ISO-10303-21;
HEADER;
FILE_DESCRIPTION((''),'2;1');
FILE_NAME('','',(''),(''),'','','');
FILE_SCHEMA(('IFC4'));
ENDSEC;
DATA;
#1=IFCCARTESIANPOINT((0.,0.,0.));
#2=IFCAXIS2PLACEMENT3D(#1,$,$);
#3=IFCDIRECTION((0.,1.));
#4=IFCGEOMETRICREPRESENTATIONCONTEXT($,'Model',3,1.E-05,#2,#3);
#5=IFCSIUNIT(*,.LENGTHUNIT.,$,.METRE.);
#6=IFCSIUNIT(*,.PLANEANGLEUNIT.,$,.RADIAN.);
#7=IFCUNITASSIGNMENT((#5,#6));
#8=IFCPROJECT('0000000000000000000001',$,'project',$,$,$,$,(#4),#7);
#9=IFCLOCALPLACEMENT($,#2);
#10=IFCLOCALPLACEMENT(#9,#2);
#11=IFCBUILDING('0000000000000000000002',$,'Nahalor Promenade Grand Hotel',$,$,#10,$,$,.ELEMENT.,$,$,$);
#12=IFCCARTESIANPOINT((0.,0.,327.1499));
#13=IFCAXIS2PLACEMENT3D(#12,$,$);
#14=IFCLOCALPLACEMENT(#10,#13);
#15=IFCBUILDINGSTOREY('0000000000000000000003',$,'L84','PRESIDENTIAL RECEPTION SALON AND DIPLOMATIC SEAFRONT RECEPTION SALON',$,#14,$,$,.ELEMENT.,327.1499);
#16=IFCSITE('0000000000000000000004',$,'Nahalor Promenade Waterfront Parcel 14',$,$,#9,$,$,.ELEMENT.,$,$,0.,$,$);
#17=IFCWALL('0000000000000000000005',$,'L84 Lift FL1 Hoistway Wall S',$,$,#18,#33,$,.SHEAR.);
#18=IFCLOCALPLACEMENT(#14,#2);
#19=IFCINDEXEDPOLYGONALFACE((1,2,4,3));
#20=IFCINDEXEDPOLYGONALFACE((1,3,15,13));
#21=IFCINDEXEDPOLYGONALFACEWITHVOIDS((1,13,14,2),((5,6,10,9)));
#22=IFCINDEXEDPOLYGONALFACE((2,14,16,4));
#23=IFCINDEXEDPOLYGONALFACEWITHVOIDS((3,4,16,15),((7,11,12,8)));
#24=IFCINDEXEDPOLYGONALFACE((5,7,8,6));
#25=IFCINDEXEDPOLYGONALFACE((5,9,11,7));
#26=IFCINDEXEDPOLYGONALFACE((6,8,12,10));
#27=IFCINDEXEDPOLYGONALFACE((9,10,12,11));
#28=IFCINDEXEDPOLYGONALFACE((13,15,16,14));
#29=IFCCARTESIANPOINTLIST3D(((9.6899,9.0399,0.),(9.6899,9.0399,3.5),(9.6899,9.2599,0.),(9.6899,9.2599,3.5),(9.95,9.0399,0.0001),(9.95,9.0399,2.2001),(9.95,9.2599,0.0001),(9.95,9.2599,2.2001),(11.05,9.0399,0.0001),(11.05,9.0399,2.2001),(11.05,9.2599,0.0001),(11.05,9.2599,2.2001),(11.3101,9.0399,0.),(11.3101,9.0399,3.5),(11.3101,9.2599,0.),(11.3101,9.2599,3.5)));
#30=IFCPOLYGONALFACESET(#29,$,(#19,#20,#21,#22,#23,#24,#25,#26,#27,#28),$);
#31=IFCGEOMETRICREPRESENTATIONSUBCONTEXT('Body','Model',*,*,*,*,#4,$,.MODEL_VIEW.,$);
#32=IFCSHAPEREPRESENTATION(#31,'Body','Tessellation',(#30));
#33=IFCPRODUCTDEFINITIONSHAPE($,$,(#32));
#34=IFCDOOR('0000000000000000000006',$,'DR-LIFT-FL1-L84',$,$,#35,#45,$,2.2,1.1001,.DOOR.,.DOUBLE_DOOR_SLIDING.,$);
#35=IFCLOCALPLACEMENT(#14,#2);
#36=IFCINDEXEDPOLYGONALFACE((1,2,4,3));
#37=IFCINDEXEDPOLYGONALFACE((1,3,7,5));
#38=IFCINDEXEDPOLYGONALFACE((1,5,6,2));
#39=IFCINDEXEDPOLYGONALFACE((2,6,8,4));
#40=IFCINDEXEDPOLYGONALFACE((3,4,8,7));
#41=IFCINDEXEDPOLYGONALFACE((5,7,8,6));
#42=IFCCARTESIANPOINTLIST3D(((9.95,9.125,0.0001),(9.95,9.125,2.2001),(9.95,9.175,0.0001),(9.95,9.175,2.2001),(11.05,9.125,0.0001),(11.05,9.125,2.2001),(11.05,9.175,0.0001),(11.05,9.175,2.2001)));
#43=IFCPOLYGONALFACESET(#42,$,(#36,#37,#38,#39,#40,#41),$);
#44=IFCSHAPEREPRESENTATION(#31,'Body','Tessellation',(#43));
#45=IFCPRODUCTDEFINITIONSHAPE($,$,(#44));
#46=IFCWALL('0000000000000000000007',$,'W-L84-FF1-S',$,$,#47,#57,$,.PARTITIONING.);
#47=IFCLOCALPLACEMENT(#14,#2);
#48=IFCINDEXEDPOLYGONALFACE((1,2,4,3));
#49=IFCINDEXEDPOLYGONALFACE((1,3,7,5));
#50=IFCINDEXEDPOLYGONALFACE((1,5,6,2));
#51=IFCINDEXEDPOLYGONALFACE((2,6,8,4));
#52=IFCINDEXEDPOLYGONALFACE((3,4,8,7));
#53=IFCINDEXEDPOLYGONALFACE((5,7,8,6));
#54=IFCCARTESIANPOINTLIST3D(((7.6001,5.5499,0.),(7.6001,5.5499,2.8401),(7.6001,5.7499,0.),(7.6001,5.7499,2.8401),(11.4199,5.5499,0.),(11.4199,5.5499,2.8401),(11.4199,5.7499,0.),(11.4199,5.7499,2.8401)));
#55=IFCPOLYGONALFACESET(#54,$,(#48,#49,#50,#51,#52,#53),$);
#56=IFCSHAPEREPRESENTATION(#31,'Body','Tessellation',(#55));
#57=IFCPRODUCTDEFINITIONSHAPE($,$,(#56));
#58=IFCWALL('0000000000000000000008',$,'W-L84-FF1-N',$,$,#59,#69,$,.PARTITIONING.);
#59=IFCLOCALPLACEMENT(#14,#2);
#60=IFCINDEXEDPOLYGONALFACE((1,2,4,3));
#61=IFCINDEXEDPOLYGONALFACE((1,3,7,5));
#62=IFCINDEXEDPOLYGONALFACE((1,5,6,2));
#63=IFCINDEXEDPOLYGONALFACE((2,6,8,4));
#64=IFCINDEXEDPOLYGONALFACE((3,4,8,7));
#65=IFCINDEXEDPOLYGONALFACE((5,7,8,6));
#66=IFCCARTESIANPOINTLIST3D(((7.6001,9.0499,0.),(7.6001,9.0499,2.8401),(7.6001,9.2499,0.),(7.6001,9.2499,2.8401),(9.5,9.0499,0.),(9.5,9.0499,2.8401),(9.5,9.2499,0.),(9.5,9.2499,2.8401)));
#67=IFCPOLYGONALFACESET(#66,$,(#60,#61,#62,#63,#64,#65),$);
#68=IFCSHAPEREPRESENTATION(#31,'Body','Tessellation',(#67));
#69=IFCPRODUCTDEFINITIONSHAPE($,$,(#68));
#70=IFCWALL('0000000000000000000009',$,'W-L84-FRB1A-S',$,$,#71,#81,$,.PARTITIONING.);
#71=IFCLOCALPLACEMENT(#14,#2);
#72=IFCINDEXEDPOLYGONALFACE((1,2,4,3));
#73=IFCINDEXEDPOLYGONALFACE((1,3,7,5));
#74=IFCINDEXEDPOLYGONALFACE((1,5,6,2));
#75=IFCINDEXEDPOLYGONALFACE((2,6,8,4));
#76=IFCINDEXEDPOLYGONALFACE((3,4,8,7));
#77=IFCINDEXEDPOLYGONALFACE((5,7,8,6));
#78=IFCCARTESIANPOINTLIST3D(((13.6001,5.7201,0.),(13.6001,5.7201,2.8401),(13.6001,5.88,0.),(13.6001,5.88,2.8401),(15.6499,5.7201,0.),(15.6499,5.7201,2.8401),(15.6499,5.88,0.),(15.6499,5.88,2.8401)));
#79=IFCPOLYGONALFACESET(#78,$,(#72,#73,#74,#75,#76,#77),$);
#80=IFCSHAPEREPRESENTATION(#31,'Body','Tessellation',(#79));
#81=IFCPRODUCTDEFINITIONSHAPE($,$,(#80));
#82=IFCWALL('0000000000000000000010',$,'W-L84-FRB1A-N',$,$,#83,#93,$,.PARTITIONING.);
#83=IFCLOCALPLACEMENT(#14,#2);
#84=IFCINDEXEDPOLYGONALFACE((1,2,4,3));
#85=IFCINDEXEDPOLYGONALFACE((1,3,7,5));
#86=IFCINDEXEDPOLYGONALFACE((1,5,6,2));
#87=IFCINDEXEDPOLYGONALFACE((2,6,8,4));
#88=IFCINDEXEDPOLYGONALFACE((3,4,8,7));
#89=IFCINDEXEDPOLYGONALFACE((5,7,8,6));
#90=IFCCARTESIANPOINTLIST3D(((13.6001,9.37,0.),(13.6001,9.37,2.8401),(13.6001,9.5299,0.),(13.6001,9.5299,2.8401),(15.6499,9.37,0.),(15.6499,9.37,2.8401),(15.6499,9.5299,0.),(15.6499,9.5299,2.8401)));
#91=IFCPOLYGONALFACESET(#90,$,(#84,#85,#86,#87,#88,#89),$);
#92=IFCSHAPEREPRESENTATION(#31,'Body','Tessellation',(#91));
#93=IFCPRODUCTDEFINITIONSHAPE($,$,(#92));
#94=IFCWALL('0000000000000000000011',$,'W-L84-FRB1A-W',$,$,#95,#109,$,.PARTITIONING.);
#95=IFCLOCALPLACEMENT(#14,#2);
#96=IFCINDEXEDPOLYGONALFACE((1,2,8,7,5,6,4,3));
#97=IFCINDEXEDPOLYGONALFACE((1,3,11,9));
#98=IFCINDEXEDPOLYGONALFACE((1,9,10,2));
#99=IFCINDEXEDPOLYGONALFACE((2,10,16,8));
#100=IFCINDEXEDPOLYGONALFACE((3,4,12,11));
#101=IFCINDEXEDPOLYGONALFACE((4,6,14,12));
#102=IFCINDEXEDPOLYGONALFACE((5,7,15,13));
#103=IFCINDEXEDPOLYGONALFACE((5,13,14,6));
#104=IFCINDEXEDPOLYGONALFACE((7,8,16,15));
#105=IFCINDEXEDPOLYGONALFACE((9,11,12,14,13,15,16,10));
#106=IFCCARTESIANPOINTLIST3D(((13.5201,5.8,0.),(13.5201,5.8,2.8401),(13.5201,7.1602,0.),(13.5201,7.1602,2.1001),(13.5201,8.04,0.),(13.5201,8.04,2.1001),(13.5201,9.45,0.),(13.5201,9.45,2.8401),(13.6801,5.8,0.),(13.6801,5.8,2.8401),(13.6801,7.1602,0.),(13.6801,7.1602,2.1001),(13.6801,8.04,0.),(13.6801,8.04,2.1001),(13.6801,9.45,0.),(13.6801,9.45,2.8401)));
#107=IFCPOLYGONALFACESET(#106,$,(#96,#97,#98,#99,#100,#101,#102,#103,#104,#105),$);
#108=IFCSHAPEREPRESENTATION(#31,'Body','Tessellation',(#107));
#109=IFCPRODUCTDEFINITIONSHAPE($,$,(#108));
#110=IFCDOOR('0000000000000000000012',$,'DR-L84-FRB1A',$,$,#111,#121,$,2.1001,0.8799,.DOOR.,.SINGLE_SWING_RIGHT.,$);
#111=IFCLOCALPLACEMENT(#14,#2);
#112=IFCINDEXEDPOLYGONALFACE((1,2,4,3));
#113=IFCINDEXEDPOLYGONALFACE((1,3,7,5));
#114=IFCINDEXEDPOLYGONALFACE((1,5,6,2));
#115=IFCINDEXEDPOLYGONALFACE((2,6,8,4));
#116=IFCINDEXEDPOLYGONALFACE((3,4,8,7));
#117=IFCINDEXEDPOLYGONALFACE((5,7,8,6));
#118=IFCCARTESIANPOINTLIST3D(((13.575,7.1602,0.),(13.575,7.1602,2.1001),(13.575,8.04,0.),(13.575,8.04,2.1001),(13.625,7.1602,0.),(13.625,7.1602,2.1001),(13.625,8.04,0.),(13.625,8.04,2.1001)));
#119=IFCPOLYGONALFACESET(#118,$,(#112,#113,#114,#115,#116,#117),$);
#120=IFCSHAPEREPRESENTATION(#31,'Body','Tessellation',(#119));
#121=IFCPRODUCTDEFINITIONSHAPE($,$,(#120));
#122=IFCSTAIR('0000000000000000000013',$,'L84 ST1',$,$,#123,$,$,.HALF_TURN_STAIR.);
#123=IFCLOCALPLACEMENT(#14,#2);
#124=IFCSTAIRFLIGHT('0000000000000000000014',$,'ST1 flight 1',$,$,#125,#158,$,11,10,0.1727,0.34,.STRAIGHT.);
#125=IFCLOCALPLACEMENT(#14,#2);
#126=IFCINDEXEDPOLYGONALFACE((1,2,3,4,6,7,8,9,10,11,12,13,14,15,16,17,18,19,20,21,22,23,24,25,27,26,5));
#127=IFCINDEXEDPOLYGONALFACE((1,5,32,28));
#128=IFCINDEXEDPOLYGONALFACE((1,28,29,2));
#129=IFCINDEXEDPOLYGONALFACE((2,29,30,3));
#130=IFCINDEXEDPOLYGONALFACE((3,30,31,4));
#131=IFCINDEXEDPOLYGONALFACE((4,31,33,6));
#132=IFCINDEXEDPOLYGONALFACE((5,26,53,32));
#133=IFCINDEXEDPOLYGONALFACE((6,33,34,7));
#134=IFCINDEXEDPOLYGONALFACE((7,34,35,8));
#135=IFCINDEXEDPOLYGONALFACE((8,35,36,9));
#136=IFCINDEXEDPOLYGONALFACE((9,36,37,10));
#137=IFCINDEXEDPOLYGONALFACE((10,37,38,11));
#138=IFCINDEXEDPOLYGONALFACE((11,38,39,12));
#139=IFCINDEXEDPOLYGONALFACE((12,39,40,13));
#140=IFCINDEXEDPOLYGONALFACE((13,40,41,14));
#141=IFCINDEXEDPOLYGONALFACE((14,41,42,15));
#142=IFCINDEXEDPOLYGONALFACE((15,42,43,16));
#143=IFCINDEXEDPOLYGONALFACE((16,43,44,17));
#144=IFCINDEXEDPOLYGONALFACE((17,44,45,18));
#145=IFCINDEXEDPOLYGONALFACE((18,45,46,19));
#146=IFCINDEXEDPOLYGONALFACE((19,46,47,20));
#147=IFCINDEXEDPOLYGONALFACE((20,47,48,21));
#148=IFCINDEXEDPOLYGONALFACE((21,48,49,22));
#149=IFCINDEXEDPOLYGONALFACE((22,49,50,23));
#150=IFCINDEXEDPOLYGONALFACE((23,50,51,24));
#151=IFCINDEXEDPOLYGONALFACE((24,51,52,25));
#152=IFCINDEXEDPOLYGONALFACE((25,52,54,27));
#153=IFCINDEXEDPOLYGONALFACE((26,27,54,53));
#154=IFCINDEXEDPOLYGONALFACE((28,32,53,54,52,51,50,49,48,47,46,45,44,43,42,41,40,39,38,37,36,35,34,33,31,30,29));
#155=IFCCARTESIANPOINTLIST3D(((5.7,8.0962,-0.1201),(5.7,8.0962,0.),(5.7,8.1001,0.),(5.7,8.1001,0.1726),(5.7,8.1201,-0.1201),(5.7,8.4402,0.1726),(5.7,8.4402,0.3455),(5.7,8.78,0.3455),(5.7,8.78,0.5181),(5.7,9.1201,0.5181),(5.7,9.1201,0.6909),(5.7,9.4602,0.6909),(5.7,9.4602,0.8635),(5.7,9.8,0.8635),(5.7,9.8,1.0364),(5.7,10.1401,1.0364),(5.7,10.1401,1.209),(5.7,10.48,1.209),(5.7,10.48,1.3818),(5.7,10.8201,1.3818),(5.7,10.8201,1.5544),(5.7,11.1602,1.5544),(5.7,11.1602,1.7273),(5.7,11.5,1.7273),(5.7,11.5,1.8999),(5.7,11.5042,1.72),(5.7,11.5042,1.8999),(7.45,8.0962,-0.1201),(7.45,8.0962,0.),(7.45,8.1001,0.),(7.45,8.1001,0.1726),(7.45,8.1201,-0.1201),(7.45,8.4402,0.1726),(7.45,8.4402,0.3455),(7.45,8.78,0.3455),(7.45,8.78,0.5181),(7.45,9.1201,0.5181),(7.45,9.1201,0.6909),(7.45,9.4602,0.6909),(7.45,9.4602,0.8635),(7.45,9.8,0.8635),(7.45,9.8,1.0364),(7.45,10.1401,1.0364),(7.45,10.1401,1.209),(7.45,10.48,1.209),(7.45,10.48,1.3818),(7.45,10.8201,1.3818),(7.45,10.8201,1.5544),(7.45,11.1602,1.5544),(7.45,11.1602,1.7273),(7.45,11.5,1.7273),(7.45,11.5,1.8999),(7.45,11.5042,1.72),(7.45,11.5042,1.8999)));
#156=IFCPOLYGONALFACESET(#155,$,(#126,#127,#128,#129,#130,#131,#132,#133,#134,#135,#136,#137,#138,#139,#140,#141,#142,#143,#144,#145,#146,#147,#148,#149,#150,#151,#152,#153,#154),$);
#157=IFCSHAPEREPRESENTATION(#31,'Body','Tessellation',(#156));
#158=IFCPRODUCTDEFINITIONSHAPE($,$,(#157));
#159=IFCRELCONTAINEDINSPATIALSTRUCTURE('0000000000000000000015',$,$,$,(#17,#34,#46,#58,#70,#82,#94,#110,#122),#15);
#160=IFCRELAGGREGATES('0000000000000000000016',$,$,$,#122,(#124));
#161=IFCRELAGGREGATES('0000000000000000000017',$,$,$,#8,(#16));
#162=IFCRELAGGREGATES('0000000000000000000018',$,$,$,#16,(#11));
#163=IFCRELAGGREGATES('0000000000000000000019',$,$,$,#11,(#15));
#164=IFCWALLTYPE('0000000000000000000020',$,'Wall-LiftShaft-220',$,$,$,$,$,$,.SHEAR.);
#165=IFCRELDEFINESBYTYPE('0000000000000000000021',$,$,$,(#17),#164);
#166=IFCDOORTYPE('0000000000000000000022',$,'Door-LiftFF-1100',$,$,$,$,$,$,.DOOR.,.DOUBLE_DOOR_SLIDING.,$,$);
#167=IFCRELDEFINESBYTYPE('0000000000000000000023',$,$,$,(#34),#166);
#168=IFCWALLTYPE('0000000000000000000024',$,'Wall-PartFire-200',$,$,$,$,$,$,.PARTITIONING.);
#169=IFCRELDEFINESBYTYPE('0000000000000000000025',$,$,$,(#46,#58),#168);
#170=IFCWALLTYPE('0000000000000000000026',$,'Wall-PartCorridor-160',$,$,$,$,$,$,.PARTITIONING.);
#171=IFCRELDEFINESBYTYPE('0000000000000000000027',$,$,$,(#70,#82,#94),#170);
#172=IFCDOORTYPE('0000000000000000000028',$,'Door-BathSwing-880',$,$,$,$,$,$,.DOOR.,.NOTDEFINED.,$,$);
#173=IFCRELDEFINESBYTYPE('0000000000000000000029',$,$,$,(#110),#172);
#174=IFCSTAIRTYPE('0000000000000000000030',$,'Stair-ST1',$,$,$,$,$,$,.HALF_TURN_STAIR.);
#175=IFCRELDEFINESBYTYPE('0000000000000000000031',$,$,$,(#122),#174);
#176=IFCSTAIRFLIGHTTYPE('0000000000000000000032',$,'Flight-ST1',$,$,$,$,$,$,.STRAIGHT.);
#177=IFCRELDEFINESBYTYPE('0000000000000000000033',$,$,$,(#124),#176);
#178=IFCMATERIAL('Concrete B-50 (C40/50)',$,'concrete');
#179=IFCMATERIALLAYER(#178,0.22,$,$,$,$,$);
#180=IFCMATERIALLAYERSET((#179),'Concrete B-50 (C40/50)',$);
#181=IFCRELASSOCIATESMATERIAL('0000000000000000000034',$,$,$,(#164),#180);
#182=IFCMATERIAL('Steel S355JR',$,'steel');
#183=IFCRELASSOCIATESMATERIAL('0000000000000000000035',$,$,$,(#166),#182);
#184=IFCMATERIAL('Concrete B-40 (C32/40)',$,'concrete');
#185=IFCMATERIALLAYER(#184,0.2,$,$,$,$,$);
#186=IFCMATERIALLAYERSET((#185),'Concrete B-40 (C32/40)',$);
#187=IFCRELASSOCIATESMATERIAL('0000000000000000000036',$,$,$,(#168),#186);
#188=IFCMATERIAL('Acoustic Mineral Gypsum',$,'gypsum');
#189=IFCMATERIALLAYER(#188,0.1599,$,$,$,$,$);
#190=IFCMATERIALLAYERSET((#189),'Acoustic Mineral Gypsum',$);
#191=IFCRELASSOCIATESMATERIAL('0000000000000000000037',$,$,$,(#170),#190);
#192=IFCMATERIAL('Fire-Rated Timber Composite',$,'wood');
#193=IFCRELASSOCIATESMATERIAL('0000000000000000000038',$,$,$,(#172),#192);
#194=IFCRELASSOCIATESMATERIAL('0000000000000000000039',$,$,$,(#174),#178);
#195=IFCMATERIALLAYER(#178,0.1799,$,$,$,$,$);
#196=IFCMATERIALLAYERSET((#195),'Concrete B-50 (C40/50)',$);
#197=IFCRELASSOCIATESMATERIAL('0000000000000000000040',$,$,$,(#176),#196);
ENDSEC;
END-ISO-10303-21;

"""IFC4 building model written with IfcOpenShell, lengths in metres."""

from ifc_helpers import new_model, si_unit, direction, frame, frame_2d, origin, place, context, subcontext, project, spatial, polyline, rectangle, outline, extrude, source, transform, mapped, material, layer, layer_set, type_object, element, fill, aggregate, save


model = new_model("IFC4")

# Units and contexts
model_context = context("Model", 3, precision=1e-05, world=origin(), true_north=direction((0.0, 1.0)))
body_context = subcontext(model_context, "Body", "Model", "MODEL_VIEW")
ifc_project = project(units=[si_unit("LENGTHUNIT", "METRE"), si_unit("PLANEANGLEUNIT", "RADIAN")], contexts=[model_context])

# Site, building, storey
site_placement = place(None, origin())
site = spatial("IfcSite", under=ifc_project, at=site_placement, Name="Nahalor Promenade Waterfront Parcel 14", CompositionType="ELEMENT", RefElevation=0.0)
building_placement = place(site_placement, origin())
building = spatial("IfcBuilding", under=site, at=building_placement, Name="Nahalor Promenade Grand Hotel", CompositionType="ELEMENT")
storey_placement = place(building_placement, frame((0.0, 0.0, 327.1499)))
storey = spatial("IfcBuildingStorey", under=building, at=storey_placement, Name="L84", Description="PRESIDENTIAL RECEPTION SALON AND DIPLOMATIC SEAFRONT RECEPTION SALON", CompositionType="ELEMENT", Elevation=327.1499)

# Shared definitions
ifc_material_1 = material(Name="Steel S355JR", Category="steel")

# Shared definitions
ifc_material_2 = material(Name="Concrete B-50 (C40/50)", Category="concrete")

# Shared definitions
ifc_layer_1 = layer(ifc_material_2, 0.22)
ifc_layer_set_1 = layer_set([ifc_layer_1], Name="Concrete B-50 (C40/50)")
wall_type_1 = type_object("IfcWallType", Name="Wall-LiftShaft-220", PredefinedType="SHEAR", material=ifc_layer_set_1)

# Wall, opening, door
shared_shape_1 = source(origin(), body_context, "Body", "SweptSolid", [
    extrude(rectangle(XDim=1.6201, YDim=0.22, at=frame_2d((0.8101, 0.0))), origin(), (0.0, 0.0, 1.0), 3.5),
])
wall_1_placement = place(storey_placement, frame((9.6899, 9.1499, 0.0), z_axis=(0.0, 0.0, 1.0), x_axis=(1.0, 0.0, 0.0)))
wall_1 = element("IfcWall", 1, at=wall_1_placement, inside=storey, type_object=wall_type_1, Name="L84 Lift FL1 Hoistway Wall S", PredefinedType="SHEAR", context=body_context, shape_type="MappedRepresentation", body=[
    mapped(shared_shape_1, transform((0.0, 0.0, 0.0), scale=1.0)),
])
opening_1_placement = place(wall_1_placement, frame((0.26, 0.0, 0.0)))
opening_1 = element("IfcOpeningElement", 2, at=opening_1_placement, cuts=wall_1, PredefinedType="OPENING", context=body_context, shape_type="SweptSolid", body=[
    extrude(rectangle(XDim=1.1001, YDim=2.2, at=frame_2d((0.55, 1.1001))), frame((0.0, 0.1199, 0.0), z_axis=(0.0, -1.0, 0.0), x_axis=(1.0, 0.0, 0.0)), (0.0, 0.0, 1.0), 0.24),
])
door_type_1 = type_object("IfcDoorType", Name="Door-LiftFF-1100", OperationType="DOUBLE_DOOR_SLIDING", PredefinedType="DOOR", material=ifc_material_1)
shared_shape_2 = source(origin(), body_context, "Body", "SweptSolid", [
    extrude(rectangle(XDim=1.1001, YDim=2.2, at=frame_2d((0.55, 1.1001))), frame((0.0, 0.0249, 0.0), z_axis=(0.0, -1.0, 0.0), x_axis=(1.0, 0.0, 0.0)), (0.0, 0.0, 1.0), 0.05),
])
door_1_placement = place(opening_1_placement, frame((1.1001, 0.0, 0.0), z_axis=(0.0, 0.0, 1.0), x_axis=(-1.0, 0.0, 0.0)))
door_1 = element("IfcDoor", 3, at=door_1_placement, inside=storey, type_object=door_type_1, Name="DR-LIFT-FL1-L84", OperationType="DOUBLE_DOOR_SLIDING", OverallHeight=2.2, OverallWidth=1.1001, PredefinedType="DOOR", context=body_context, shape_type="MappedRepresentation", body=[
    mapped(shared_shape_2, transform((0.0, 0.0, 0.0), scale=1.0)),
])
fill(opening_1, door_1)

# Walls
ifc_material_3 = material(Name="Concrete B-40 (C32/40)", Category="concrete")
ifc_layer_2 = layer(ifc_material_3, 0.2)
ifc_layer_set_2 = layer_set([ifc_layer_2], Name="Concrete B-40 (C32/40)")
wall_type_2 = type_object("IfcWallType", Name="Wall-PartFire-200", PredefinedType="PARTITIONING", material=ifc_layer_set_2)
shared_shape_3 = source(origin(), body_context, "Body", "SweptSolid", [
    extrude(rectangle(XDim=3.8198, YDim=0.2, at=frame_2d((1.9099, 0.0))), origin(), (0.0, 0.0, 1.0), 2.8401),
])
wall_2_placement = place(storey_placement, frame((7.6001, 5.6499, 0.0), z_axis=(0.0, 0.0, 1.0), x_axis=(1.0, 0.0, 0.0)))
element("IfcWall", 4, at=wall_2_placement, inside=storey, type_object=wall_type_2, Name="W-L84-FF1-S", PredefinedType="PARTITIONING", context=body_context, shape_type="MappedRepresentation", body=[
    mapped(shared_shape_3, transform((0.0, 0.0, 0.0), scale=1.0)),
])
shared_shape_4 = source(origin(), body_context, "Body", "SweptSolid", [
    extrude(rectangle(XDim=1.8999, YDim=0.2, at=frame_2d((0.95, 0.0))), origin(), (0.0, 0.0, 1.0), 2.8401),
])
wall_3_placement = place(storey_placement, frame((7.6001, 9.1499, 0.0), z_axis=(0.0, 0.0, 1.0), x_axis=(1.0, 0.0, 0.0)))
element("IfcWall", 5, at=wall_3_placement, inside=storey, type_object=wall_type_2, Name="W-L84-FF1-N", PredefinedType="PARTITIONING", context=body_context, shape_type="MappedRepresentation", body=[
    mapped(shared_shape_4, transform((0.0, 0.0, 0.0), scale=1.0)),
])

# Walls
ifc_material_4 = material(Name="Acoustic Mineral Gypsum", Category="gypsum")
ifc_layer_3 = layer(ifc_material_4, 0.1599)
ifc_layer_set_3 = layer_set([ifc_layer_3], Name="Acoustic Mineral Gypsum")
wall_type_3 = type_object("IfcWallType", Name="Wall-PartCorridor-160", PredefinedType="PARTITIONING", material=ifc_layer_set_3)
shared_shape_5 = source(origin(), body_context, "Body", "SweptSolid", [
    extrude(rectangle(XDim=2.0498, YDim=0.1599, at=frame_2d((1.0249, 0.0))), origin(), (0.0, 0.0, 1.0), 2.8401),
])
for number, where, z_axis, x_axis, name in (
    (6, (13.6001, 5.8, 0.0), (0.0, 0.0, 1.0), (1.0, 0.0, 0.0), "W-L84-FRB1A-S"),
    (7, (13.6001, 9.45, 0.0), (0.0, 0.0, 1.0), (1.0, 0.0, 0.0), "W-L84-FRB1A-N"),
):
    element("IfcWall", number, at=place(storey_placement, frame(where, z_axis=z_axis, x_axis=x_axis)), inside=storey, type_object=wall_type_3, Name=name, PredefinedType="PARTITIONING", context=body_context, shape_type="MappedRepresentation", body=[
        mapped(shared_shape_5, transform((0.0, 0.0, 0.0), scale=1.0)),
    ])

# Wall, opening, door
shared_shape_6 = source(origin(), body_context, "Body", "SweptSolid", [
    extrude(rectangle(XDim=3.6499, YDim=0.1599, at=frame_2d((1.825, 0.0))), origin(), (0.0, 0.0, 1.0), 2.8401),
])
wall_4_placement = place(storey_placement, frame((13.6001, 5.8, 0.0), z_axis=(0.0, 0.0, 1.0), x_axis=(0.0, 1.0, 0.0)))
wall_4 = element("IfcWall", 8, at=wall_4_placement, inside=storey, type_object=wall_type_3, Name="W-L84-FRB1A-W", PredefinedType="PARTITIONING", context=body_context, shape_type="MappedRepresentation", body=[
    mapped(shared_shape_6, transform((0.0, 0.0, 0.0), scale=1.0)),
])
opening_2_placement = place(wall_4_placement, frame((1.3601, 0.0, 0.0)))
opening_2 = element("IfcOpeningElement", 9, at=opening_2_placement, cuts=wall_4, PredefinedType="OPENING", context=body_context, shape_type="SweptSolid", body=[
    extrude(rectangle(XDim=0.8799, YDim=2.1001, at=frame_2d((0.4399, 1.05))), frame((0.0, 0.0898, 0.0), z_axis=(0.0, -1.0, 0.0), x_axis=(1.0, 0.0, 0.0)), (0.0, 0.0, 1.0), 0.1799),
])
ifc_material_5 = material(Name="Fire-Rated Timber Composite", Category="wood")
door_type_2 = type_object("IfcDoorType", Name="Door-BathSwing-880", OperationType="NOTDEFINED", PredefinedType="DOOR", material=ifc_material_5)
shared_shape_7 = source(origin(), body_context, "Body", "SweptSolid", [
    extrude(rectangle(XDim=0.8799, YDim=2.1001, at=frame_2d((0.4399, 1.05))), frame((0.0, 0.0249, 0.0), z_axis=(0.0, -1.0, 0.0), x_axis=(1.0, 0.0, 0.0)), (0.0, 0.0, 1.0), 0.05),
])
door_2_placement = place(opening_2_placement, frame((0.8799, 0.0, 0.0), z_axis=(0.0, 0.0, 1.0), x_axis=(-1.0, 0.0, 0.0)))
door_2 = element("IfcDoor", 10, at=door_2_placement, inside=storey, type_object=door_type_2, Name="DR-L84-FRB1A", OperationType="SINGLE_SWING_RIGHT", OverallHeight=2.1001, OverallWidth=0.8799, PredefinedType="DOOR", context=body_context, shape_type="MappedRepresentation", body=[
    mapped(shared_shape_7, transform((0.0, 0.0, 0.0), scale=1.0)),
])
fill(opening_2, door_2)

# Stair, stair flight
stair_type = type_object("IfcStairType", Name="Stair-ST1", PredefinedType="HALF_TURN_STAIR", material=ifc_material_2)
stair_placement = place(storey_placement, origin())
stair = element("IfcStair", 11, at=stair_placement, inside=storey, type_object=stair_type, Name="L84 ST1", PredefinedType="HALF_TURN_STAIR")
ifc_layer_4 = layer(ifc_material_2, 0.1799)
ifc_layer_set_4 = layer_set([ifc_layer_4], Name="Concrete B-50 (C40/50)")
stair_flight_type = type_object("IfcStairFlightType", Name="Flight-ST1", PredefinedType="STRAIGHT", material=ifc_layer_set_4)
shared_shape_8 = source(origin(), body_context, "Body", "SweptSolid", [
    extrude(outline(polyline([(-0.0039, -0.1201), (-0.0039, 0.0), (0.0, 0.0), (0.0, 0.1726), (0.3401, 0.1726), (0.3401, 0.3455), (0.6799, 0.3455), (0.6799, 0.5181), (1.02, 0.5181), (1.02, 0.6909), (1.3601, 0.6909), (1.3601, 0.8635), (1.7, 0.8635), (1.7, 1.0364), (2.04, 1.0364), (2.04, 1.209), (2.3799, 1.209), (2.3799, 1.3818), (2.72, 1.3818), (2.72, 1.5544), (3.0601, 1.5544), (3.0601, 1.7273), (3.3999, 1.7273), (3.3999, 1.8999), (3.4041, 1.8999), (3.4041, 1.72), (0.02, -0.1201), (-0.0039, -0.1201)])), frame((0.0, 0.875, 0.0), z_axis=(0.0, -1.0, 0.0), x_axis=(1.0, 0.0, 0.0)), (0.0, 0.0, 1.0), 1.75),
])
stair_flight_1_placement = place(storey_placement, frame((6.575, 8.1001, 0.0), z_axis=(0.0, 0.0, 1.0), x_axis=(0.0, 1.0, 0.0)))
stair_flight_1 = element("IfcStairFlight", 12, at=stair_flight_1_placement, type_object=stair_flight_type, Name="ST1 flight 1", NumberOfRisers=11, NumberOfTreads=10, PredefinedType="STRAIGHT", RiserHeight=0.1727, TreadLength=0.34, context=body_context, shape_type="MappedRepresentation", body=[
    mapped(shared_shape_8, transform((0.0, 0.0, 0.0), scale=1.0)),
])
aggregate(stair, [stair_flight_1])

save(model, "model.ifc")
